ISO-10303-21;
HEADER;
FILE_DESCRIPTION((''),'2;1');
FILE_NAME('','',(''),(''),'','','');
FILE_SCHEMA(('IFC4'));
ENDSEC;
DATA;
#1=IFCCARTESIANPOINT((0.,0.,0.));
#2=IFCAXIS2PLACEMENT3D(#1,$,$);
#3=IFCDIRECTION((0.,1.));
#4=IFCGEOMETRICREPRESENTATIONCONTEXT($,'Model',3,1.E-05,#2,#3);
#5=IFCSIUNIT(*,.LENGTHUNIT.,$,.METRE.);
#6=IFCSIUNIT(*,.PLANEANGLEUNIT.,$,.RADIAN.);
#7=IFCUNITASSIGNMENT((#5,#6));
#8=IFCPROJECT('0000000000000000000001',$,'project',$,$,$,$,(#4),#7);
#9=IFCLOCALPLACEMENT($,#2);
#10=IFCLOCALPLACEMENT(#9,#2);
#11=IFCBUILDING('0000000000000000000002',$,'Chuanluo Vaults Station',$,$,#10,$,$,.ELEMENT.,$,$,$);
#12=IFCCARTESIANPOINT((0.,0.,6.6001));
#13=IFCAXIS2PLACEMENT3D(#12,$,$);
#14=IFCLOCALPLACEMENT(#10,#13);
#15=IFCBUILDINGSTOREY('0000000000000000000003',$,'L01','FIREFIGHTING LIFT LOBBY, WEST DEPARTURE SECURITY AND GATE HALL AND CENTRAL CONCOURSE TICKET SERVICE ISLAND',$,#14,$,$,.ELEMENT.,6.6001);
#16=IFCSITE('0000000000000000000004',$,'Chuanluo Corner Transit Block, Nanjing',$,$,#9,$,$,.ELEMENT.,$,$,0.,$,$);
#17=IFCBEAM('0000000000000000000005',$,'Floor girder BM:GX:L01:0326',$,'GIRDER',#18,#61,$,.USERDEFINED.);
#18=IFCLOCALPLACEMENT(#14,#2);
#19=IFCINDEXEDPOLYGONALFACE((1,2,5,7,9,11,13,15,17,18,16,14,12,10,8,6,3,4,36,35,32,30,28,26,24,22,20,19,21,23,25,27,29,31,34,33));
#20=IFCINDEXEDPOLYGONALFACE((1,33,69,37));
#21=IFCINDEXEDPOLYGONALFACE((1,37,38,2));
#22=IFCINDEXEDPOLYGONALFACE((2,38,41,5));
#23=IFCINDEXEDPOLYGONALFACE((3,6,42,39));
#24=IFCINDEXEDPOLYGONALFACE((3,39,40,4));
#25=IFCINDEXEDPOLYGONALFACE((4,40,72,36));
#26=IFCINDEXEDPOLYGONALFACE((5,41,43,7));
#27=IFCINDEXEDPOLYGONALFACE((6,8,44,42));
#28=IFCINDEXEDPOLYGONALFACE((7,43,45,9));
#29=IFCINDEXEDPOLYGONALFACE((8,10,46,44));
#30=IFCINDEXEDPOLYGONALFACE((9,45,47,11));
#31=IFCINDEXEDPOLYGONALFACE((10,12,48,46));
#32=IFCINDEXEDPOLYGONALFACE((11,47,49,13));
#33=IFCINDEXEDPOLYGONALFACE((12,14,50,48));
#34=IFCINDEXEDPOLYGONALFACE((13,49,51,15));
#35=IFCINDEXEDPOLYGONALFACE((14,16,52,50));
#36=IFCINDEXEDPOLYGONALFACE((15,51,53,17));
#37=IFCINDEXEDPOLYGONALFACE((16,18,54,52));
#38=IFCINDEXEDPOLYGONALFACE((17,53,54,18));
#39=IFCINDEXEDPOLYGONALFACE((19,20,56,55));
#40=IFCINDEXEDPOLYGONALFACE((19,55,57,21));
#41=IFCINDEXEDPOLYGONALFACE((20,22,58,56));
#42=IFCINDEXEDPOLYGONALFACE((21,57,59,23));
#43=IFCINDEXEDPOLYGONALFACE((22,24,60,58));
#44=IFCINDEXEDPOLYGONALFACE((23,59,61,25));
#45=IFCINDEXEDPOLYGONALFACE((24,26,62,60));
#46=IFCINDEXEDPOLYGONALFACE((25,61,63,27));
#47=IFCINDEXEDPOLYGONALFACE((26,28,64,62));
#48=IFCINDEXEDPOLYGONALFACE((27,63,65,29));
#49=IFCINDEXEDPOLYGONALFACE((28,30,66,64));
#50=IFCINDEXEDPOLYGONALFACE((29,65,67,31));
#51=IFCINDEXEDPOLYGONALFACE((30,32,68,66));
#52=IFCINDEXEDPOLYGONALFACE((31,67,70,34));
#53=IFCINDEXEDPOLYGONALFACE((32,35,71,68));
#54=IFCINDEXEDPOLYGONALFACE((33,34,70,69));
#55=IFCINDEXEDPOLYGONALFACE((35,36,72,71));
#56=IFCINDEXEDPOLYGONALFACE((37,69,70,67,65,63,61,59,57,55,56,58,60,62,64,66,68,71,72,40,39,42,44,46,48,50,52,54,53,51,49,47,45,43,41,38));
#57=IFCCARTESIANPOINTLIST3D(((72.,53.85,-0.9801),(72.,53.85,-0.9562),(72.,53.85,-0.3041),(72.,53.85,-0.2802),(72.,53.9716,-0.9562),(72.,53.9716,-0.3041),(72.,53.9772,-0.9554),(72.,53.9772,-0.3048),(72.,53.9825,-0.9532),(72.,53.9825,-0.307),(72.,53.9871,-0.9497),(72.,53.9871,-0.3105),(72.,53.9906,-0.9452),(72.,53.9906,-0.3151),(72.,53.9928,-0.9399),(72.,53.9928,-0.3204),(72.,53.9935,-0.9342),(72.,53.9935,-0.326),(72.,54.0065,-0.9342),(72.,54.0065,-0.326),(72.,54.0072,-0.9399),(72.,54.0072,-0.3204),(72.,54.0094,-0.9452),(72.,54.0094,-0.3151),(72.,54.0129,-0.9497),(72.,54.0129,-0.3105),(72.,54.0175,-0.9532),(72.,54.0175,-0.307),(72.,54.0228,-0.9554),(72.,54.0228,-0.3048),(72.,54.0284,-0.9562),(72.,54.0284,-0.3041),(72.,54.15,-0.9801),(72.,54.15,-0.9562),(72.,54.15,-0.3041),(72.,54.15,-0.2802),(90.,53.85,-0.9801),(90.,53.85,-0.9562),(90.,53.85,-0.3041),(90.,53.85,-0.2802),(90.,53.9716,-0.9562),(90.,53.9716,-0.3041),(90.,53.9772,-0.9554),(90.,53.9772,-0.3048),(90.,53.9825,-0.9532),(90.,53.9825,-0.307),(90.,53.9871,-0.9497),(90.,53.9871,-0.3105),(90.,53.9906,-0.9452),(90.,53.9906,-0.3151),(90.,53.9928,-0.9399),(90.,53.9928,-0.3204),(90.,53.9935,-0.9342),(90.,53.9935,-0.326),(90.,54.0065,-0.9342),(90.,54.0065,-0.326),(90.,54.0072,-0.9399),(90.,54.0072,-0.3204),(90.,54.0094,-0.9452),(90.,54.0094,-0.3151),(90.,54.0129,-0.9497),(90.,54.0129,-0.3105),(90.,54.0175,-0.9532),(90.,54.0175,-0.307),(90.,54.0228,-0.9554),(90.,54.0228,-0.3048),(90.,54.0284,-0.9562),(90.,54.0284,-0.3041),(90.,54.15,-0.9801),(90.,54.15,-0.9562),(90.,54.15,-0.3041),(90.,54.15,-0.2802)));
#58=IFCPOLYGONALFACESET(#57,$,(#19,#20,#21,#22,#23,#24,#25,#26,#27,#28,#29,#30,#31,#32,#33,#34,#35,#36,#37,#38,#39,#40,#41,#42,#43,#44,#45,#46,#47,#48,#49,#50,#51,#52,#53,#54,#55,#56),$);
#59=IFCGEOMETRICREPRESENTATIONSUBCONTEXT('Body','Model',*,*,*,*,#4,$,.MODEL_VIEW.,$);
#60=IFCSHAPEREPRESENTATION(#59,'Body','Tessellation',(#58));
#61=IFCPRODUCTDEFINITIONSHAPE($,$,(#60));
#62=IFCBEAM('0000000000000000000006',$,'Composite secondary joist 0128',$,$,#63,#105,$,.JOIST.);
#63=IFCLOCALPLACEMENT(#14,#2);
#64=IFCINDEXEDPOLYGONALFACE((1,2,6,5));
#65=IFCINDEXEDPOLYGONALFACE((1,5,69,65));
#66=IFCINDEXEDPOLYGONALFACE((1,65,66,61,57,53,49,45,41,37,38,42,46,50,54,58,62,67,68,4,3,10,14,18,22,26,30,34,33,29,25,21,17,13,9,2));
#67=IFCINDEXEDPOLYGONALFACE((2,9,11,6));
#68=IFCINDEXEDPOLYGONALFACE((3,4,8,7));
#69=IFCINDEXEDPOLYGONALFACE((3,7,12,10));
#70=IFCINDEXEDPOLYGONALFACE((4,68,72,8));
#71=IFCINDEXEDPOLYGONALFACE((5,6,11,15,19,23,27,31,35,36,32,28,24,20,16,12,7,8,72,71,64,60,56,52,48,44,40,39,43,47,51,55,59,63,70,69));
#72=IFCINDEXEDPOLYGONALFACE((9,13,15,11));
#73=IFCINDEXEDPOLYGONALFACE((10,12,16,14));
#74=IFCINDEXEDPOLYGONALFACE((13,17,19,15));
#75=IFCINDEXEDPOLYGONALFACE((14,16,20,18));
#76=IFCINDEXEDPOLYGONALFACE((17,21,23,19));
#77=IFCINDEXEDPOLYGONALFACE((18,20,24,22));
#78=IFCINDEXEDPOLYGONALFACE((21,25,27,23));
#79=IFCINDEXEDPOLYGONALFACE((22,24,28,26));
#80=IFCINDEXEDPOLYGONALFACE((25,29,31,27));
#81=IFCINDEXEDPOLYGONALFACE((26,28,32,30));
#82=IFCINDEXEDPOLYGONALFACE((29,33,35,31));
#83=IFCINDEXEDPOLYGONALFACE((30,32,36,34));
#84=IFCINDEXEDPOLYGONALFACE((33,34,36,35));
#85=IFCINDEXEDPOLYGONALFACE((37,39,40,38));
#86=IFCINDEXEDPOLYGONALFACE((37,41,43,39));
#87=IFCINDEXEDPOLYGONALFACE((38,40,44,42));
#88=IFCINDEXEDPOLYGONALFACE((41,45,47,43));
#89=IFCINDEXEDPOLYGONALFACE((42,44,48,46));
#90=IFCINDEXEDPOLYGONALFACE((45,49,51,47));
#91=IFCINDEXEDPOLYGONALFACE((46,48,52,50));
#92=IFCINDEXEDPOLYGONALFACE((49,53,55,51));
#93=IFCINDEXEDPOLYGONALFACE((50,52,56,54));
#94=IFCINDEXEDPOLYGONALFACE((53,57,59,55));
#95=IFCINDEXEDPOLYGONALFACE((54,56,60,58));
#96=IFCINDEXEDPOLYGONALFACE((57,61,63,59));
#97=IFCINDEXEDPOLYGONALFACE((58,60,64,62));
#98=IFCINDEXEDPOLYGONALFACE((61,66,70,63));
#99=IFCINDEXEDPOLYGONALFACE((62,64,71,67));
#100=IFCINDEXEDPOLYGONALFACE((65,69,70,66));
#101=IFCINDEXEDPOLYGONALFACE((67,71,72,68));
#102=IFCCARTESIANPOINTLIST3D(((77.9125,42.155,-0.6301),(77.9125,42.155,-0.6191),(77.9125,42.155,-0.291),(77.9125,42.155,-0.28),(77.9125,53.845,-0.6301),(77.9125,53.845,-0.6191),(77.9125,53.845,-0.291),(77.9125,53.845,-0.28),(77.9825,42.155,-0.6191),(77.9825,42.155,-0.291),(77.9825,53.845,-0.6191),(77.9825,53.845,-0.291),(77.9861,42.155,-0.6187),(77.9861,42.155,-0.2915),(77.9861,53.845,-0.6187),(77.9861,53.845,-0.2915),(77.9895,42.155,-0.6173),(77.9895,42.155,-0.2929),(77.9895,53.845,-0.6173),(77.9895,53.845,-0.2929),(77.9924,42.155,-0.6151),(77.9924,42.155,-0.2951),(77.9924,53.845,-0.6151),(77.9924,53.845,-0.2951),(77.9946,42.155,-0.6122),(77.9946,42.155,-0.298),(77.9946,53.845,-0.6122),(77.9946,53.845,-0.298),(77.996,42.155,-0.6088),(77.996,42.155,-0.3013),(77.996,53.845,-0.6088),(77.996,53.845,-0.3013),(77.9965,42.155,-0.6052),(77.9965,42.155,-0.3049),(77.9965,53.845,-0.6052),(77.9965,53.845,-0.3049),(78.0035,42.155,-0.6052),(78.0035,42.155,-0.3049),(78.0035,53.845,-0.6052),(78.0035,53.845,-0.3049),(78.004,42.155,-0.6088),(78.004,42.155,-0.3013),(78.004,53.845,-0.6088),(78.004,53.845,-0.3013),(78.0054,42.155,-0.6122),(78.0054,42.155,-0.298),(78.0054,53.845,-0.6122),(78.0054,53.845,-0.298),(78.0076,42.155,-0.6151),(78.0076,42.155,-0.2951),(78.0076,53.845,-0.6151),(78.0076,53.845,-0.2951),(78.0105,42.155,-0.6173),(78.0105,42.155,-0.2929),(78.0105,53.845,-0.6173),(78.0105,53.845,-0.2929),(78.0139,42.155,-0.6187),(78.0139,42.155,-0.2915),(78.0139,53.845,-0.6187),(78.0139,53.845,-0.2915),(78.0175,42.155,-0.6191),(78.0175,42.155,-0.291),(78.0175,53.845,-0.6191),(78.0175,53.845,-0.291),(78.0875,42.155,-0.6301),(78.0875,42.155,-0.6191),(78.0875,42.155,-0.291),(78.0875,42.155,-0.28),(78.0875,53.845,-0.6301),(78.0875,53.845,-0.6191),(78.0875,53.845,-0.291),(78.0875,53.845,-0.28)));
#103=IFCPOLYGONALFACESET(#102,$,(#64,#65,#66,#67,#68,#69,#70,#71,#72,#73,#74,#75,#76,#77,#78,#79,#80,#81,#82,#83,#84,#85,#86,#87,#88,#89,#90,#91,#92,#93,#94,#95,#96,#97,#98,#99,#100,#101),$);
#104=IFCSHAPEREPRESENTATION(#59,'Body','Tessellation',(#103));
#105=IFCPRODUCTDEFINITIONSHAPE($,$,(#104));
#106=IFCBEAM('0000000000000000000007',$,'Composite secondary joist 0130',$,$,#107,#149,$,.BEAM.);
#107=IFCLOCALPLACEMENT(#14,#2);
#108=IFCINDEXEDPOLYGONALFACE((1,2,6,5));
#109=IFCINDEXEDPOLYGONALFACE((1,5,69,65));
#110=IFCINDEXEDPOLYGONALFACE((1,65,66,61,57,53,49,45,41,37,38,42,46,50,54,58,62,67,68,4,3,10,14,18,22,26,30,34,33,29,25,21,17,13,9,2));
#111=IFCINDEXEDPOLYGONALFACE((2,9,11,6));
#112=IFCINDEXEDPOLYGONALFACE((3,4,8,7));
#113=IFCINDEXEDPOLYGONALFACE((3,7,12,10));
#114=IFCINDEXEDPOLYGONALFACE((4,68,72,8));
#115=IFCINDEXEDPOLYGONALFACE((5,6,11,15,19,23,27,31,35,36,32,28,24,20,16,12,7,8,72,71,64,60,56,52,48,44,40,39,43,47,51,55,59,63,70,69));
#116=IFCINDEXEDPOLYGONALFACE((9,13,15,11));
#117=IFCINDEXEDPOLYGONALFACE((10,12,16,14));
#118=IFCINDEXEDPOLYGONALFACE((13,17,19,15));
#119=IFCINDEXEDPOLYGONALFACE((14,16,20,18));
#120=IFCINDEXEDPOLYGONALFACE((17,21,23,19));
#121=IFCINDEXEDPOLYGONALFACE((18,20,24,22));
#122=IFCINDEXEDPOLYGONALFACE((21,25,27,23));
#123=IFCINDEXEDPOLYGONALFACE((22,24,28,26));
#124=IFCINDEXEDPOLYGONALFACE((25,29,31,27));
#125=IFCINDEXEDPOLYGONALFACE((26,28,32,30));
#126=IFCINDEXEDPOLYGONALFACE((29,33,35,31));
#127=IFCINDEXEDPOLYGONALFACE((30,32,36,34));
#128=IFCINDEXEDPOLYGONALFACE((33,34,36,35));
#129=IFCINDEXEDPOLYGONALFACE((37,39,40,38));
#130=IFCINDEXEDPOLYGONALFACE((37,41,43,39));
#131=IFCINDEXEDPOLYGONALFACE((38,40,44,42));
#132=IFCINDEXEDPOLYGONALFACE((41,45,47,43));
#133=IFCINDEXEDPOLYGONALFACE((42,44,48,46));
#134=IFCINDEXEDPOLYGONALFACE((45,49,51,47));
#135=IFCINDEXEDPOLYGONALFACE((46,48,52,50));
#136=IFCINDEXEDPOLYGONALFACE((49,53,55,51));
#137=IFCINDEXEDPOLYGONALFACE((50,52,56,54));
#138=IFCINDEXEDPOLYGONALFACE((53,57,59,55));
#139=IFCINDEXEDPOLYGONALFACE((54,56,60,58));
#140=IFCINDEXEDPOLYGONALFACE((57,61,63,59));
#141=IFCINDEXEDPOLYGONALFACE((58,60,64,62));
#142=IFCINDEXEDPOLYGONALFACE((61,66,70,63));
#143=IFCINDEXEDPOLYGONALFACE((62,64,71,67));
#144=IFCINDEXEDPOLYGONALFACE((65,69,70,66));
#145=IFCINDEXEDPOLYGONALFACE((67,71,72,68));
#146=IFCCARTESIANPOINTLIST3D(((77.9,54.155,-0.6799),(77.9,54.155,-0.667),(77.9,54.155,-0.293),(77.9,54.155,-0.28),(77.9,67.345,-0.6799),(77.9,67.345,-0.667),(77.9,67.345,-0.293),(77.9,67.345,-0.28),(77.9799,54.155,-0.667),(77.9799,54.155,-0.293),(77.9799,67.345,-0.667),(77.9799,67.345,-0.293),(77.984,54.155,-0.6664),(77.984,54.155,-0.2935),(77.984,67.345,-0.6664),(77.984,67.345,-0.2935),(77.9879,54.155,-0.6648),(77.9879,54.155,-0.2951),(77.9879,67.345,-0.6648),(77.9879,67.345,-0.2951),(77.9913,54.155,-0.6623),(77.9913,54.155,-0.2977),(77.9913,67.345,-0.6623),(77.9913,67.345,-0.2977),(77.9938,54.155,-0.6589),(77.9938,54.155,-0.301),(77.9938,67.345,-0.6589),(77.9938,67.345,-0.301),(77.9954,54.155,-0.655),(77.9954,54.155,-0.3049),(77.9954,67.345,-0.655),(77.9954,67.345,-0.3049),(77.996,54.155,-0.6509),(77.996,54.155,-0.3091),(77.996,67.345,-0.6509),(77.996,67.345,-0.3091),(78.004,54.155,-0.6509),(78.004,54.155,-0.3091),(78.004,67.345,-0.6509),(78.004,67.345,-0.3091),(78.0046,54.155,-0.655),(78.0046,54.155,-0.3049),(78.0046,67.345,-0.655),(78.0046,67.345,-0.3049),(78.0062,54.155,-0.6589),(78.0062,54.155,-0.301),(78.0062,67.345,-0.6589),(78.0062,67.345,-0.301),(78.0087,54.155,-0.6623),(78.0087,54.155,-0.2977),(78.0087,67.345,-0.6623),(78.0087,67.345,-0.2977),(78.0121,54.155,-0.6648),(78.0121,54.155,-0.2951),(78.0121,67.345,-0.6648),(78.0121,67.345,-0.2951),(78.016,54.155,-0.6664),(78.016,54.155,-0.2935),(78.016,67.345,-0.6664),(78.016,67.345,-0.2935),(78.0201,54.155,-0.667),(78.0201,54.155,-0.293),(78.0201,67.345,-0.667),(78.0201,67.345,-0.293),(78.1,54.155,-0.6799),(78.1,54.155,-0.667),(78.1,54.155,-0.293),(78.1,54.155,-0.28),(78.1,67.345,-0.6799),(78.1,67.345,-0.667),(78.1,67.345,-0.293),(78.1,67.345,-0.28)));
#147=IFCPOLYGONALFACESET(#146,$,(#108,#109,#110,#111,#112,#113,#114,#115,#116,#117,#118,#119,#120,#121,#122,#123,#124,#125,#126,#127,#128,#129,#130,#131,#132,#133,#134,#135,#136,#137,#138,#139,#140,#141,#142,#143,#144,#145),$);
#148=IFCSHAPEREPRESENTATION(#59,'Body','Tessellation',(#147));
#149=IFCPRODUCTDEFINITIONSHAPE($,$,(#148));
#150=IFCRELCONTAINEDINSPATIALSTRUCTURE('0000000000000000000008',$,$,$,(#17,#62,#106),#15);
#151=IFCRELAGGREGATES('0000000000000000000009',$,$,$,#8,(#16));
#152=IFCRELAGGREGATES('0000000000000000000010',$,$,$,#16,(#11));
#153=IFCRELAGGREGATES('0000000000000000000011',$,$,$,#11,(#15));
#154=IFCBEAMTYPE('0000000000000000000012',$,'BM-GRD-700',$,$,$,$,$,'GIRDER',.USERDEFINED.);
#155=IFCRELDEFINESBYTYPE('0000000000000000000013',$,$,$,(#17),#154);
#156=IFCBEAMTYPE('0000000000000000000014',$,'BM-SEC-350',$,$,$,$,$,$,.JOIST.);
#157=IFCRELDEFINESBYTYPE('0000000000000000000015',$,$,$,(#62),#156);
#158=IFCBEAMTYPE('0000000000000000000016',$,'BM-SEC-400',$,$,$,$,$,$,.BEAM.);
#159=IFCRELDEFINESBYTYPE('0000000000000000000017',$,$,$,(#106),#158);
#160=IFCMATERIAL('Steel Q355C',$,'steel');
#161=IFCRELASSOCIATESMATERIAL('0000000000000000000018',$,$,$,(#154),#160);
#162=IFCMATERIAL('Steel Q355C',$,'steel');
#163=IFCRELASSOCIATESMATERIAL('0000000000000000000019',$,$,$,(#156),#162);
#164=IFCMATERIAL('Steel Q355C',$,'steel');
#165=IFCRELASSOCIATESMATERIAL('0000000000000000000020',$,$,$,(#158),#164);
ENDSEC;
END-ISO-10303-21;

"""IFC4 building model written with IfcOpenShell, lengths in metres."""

from ifc_helpers import new_model, si_unit, direction, frame, origin, origin_2d, place, context, subcontext, project, spatial, i_section, extrude, material, material_profile, profile_set, type_object, element, save


model = new_model("IFC4")

# Units and contexts
model_context = context("Model", 3, precision=1e-05, world=origin(), true_north=direction((0.0, 1.0)))
body_context = subcontext(model_context, "Body", "Model", "MODEL_VIEW")
ifc_project = project(units=[si_unit("LENGTHUNIT", "METRE"), si_unit("PLANEANGLEUNIT", "RADIAN")], contexts=[model_context])

# Site, building, storey
site_placement = place(None, origin())
site = spatial("IfcSite", under=ifc_project, at=site_placement, Name="Chuanluo Corner Transit Block, Nanjing", CompositionType="ELEMENT", RefElevation=0.0)
building_placement = place(site_placement, origin())
building = spatial("IfcBuilding", under=site, at=building_placement, Name="Chuanluo Vaults Station", CompositionType="ELEMENT")
storey_placement = place(building_placement, frame((0.0, 0.0, 6.6001)))
storey = spatial("IfcBuildingStorey", under=building, at=storey_placement, Name="L01", Description="FIREFIGHTING LIFT LOBBY, WEST DEPARTURE SECURITY AND GATE HALL AND CENTRAL CONCOURSE TICKET SERVICE ISLAND", CompositionType="ELEMENT", Elevation=6.6001)

# Beams
ifc_material_1 = material(Name="Steel Q355C", Category="steel")
ifc_material_profile_1 = material_profile(ifc_material_1, i_section(OverallWidth=0.3, OverallDepth=0.7, WebThickness=0.0129, FlangeThickness=0.0239, FilletRadius=0.022, at=origin_2d()))
ifc_profile_set_1 = profile_set([ifc_material_profile_1], Name="Steel Q355C")
beam_type_1 = type_object("IfcBeamType", Name="BM-GRD-700", ElementType="GIRDER", PredefinedType="USERDEFINED", material=ifc_profile_set_1)
for number, where, z_axis, x_axis, name in (
    (1, (72.0, 54.0, -0.6301), (1.0, 0.0, 0.0), (0.0, 1.0, 0.0), "Floor girder BM:GX:L01:0326"),
):
    element("IfcBeam", number, at=place(storey_placement, frame(where, z_axis=z_axis, x_axis=x_axis)), inside=storey, type_object=beam_type_1, Name=name, ObjectType="GIRDER", PredefinedType="USERDEFINED", context=body_context, shape_type="SweptSolid", body=[
        extrude(i_section(OverallWidth=0.3, OverallDepth=0.7, WebThickness=0.0129, FlangeThickness=0.0239, FilletRadius=0.022, at=origin_2d()), origin(), (0.0, 0.0, 1.0), 18.0),
    ])
ifc_material_2 = material(Name="Steel Q355C", Category="steel")
ifc_material_profile_2 = material_profile(ifc_material_2, i_section(OverallWidth=0.175, OverallDepth=0.3501, WebThickness=0.0071, FlangeThickness=0.011, FilletRadius=0.0139, at=origin_2d()))
ifc_profile_set_2 = profile_set([ifc_material_profile_2], Name="Steel Q355C")
beam_type_2 = type_object("IfcBeamType", Name="BM-SEC-350", PredefinedType="JOIST", material=ifc_profile_set_2)
beam_1_placement = place(storey_placement, frame((78.0, 42.155, -0.4551), z_axis=(0.0, 1.0, 0.0), x_axis=(-1.0, 0.0, 0.0)))
element("IfcBeam", 2, at=beam_1_placement, inside=storey, type_object=beam_type_2, Name="Composite secondary joist 0128", PredefinedType="JOIST", context=body_context, shape_type="SweptSolid", body=[
    extrude(i_section(OverallWidth=0.175, OverallDepth=0.3501, WebThickness=0.0071, FlangeThickness=0.011, FilletRadius=0.0139, at=origin_2d()), origin(), (0.0, 0.0, 1.0), 11.6899),
])
ifc_material_3 = material(Name="Steel Q355C", Category="steel")
ifc_material_profile_3 = material_profile(ifc_material_3, i_section(OverallWidth=0.2, OverallDepth=0.3999, WebThickness=0.0081, FlangeThickness=0.0129, FilletRadius=0.0161, at=origin_2d()))
ifc_profile_set_3 = profile_set([ifc_material_profile_3], Name="Steel Q355C")
beam_type_3 = type_object("IfcBeamType", Name="BM-SEC-400", PredefinedType="BEAM", material=ifc_profile_set_3)
beam_2_placement = place(storey_placement, frame((78.0, 54.155, -0.48), z_axis=(0.0, 1.0, 0.0), x_axis=(-1.0, 0.0, 0.0)))
element("IfcBeam", 3, at=beam_2_placement, inside=storey, type_object=beam_type_3, Name="Composite secondary joist 0130", PredefinedType="BEAM", context=body_context, shape_type="SweptSolid", body=[
    extrude(i_section(OverallWidth=0.2, OverallDepth=0.3999, WebThickness=0.0081, FlangeThickness=0.0129, FilletRadius=0.0161, at=origin_2d()), origin(), (0.0, 0.0, 1.0), 13.1899),
])

save(model, "model.ifc")
